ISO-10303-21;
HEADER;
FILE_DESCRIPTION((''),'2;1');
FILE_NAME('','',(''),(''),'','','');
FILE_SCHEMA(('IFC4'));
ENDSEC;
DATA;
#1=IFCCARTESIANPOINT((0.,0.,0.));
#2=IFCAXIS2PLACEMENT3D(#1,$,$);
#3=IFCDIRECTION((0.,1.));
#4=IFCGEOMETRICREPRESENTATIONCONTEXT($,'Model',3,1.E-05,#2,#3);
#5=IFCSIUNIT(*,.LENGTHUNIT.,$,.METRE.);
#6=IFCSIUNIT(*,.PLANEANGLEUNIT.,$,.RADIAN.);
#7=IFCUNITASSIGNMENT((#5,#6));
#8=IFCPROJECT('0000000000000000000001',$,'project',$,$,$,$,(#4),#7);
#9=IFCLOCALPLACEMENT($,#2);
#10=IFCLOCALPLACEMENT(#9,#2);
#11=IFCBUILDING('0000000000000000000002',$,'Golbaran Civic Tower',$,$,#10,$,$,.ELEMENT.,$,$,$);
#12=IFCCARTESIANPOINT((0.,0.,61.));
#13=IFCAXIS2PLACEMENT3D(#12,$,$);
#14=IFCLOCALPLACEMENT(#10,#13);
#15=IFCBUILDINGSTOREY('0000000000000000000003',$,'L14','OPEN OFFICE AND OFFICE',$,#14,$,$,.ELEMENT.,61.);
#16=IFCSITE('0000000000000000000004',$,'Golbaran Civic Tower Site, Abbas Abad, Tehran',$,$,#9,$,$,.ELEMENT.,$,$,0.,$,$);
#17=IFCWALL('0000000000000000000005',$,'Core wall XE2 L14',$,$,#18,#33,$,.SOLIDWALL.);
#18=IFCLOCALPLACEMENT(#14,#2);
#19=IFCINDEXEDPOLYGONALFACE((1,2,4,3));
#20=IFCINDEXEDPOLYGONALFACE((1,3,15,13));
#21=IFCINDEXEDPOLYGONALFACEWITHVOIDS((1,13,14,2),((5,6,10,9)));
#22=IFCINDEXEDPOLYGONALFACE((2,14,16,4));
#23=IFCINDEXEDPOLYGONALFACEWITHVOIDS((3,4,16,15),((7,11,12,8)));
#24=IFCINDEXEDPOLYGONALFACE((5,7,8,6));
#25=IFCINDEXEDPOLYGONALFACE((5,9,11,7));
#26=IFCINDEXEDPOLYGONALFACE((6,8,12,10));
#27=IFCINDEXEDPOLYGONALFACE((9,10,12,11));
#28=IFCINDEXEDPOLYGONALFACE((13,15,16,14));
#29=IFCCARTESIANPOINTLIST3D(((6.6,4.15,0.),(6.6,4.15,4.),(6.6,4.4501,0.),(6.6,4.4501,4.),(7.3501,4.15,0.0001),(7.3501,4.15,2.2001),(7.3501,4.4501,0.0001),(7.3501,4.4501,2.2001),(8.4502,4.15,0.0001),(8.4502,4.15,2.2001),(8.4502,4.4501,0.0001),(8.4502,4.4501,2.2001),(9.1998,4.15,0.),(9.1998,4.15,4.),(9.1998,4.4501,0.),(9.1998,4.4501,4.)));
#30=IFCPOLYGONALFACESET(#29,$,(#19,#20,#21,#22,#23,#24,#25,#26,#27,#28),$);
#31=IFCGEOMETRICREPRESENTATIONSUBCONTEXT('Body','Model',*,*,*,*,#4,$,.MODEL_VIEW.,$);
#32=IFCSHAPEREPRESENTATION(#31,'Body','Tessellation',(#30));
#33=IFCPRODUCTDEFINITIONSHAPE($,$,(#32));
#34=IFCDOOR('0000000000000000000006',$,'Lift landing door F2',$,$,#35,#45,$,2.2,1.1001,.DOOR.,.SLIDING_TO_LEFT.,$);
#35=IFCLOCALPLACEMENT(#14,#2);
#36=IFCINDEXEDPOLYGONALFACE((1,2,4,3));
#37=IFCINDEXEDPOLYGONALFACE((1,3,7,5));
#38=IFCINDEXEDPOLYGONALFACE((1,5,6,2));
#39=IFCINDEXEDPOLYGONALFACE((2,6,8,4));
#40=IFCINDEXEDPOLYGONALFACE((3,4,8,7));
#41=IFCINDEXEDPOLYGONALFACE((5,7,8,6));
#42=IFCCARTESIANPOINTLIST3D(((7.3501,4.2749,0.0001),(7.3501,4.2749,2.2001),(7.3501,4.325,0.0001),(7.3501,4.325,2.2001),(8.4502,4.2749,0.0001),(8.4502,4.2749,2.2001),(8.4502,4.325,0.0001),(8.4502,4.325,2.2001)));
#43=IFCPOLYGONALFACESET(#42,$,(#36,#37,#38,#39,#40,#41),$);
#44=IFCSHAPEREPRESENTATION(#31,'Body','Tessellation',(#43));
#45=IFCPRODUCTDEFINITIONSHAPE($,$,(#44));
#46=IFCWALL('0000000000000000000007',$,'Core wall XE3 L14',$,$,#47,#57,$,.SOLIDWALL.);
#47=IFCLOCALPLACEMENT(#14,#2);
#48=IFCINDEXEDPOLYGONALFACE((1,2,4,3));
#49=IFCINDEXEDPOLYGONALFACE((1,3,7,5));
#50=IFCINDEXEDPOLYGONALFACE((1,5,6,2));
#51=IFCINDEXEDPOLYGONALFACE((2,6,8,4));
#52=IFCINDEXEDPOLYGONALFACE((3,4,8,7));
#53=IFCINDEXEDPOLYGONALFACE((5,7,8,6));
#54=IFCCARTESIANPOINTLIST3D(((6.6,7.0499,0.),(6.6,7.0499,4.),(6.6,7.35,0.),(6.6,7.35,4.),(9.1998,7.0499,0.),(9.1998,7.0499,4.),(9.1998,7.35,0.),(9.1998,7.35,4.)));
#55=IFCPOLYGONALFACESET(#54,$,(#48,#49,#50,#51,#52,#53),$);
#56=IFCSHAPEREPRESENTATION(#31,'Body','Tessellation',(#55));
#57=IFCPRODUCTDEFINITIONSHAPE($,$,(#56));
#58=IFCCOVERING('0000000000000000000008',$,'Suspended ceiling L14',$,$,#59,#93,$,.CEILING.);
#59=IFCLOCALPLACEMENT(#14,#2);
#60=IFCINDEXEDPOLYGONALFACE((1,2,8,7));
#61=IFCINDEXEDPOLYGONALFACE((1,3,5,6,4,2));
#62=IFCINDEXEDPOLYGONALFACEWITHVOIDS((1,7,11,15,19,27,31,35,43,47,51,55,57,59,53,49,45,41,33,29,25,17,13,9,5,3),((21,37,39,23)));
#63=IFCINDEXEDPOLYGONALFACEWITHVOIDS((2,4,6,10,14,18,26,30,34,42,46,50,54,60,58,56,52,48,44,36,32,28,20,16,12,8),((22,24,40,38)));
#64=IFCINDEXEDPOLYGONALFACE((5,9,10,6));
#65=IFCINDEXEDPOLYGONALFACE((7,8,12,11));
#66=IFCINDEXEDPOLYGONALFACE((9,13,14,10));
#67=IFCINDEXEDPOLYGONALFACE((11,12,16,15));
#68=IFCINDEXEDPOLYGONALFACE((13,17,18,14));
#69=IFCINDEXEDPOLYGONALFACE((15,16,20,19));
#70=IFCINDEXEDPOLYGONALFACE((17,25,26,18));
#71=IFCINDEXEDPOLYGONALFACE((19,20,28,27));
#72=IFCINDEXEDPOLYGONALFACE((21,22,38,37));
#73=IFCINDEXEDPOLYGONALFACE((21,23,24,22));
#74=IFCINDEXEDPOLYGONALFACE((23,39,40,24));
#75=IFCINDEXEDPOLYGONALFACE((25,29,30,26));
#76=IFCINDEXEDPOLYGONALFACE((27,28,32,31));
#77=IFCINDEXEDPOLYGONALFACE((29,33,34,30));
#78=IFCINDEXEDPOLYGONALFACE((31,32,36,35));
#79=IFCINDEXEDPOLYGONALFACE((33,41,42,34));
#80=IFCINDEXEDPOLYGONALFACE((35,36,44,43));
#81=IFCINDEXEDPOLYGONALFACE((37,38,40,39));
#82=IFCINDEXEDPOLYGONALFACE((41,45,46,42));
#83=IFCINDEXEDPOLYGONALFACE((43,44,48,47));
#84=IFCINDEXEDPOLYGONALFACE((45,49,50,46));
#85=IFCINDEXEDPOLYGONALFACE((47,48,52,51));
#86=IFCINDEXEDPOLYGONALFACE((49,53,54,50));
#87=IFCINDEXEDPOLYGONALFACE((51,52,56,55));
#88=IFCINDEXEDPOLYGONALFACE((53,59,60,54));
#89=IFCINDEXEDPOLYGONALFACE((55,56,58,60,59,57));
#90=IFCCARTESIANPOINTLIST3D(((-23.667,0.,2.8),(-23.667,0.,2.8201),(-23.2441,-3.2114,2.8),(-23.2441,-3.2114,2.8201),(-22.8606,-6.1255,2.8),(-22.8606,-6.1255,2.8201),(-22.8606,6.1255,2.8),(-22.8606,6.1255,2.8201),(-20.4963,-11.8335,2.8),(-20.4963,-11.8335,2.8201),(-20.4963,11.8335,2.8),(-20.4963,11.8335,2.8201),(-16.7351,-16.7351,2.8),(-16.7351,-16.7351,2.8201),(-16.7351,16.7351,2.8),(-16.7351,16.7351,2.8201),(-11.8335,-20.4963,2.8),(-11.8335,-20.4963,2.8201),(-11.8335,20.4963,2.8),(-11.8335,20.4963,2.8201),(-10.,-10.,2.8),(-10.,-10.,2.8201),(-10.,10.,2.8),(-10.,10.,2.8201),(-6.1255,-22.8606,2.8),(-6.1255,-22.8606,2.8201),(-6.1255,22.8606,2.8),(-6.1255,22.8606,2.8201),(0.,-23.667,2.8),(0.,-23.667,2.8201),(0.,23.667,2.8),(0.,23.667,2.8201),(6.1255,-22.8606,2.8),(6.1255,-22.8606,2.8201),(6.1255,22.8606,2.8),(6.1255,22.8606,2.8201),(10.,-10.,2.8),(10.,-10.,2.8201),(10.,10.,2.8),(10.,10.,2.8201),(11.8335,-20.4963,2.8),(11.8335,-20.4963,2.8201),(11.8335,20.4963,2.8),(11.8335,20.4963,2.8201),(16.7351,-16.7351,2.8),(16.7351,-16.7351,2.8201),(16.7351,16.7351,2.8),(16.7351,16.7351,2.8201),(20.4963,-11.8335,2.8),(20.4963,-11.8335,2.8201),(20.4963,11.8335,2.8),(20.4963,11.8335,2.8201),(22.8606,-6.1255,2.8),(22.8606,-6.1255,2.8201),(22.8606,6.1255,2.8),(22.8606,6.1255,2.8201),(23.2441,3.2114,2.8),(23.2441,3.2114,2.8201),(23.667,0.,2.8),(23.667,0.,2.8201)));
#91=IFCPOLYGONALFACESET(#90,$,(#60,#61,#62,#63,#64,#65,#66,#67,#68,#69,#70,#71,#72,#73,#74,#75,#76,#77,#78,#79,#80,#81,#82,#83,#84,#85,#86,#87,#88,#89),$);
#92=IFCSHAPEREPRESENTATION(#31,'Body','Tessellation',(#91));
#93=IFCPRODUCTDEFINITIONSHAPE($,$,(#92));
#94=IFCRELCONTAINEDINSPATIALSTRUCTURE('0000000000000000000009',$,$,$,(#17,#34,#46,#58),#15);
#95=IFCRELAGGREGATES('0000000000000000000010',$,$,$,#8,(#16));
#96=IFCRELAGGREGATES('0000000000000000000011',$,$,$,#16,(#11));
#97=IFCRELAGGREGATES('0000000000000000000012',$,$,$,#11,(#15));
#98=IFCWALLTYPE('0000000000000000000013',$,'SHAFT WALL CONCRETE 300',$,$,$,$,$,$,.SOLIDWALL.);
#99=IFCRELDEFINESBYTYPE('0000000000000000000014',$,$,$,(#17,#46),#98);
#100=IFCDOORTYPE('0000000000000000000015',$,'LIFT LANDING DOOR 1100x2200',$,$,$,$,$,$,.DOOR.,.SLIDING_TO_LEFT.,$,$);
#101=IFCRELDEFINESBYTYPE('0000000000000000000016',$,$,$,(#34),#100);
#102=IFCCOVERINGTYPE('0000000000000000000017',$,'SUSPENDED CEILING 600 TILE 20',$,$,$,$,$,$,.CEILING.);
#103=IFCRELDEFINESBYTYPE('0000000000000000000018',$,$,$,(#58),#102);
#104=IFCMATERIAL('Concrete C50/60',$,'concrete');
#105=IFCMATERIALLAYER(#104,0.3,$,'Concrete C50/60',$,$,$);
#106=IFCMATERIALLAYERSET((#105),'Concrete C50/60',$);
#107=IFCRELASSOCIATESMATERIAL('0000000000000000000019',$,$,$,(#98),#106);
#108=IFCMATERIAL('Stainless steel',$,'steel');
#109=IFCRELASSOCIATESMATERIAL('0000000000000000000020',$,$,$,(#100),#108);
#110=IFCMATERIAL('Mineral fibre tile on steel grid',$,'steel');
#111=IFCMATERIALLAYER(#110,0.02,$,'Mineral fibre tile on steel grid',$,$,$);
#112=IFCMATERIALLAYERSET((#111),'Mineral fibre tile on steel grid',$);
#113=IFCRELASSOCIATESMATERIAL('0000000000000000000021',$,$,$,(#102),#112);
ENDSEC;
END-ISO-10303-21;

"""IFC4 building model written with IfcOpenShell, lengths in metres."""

from ifc_helpers import new_model, si_unit, direction, frame, frame_2d, origin, place, context, subcontext, project, spatial, polyline, rectangle, outline, extrude, material, layer, layer_set, type_object, element, fill, save


model = new_model("IFC4")

# Units and contexts
model_context = context("Model", 3, precision=1e-05, world=origin(), true_north=direction((0.0, 1.0)))
body_context = subcontext(model_context, "Body", "Model", "MODEL_VIEW")
ifc_project = project(units=[si_unit("LENGTHUNIT", "METRE"), si_unit("PLANEANGLEUNIT", "RADIAN")], contexts=[model_context])

# Site, building, storey
site_placement = place(None, origin())
site = spatial("IfcSite", under=ifc_project, at=site_placement, Name="Golbaran Civic Tower Site, Abbas Abad, Tehran", CompositionType="ELEMENT", RefElevation=0.0)
building_placement = place(site_placement, origin())
building = spatial("IfcBuilding", under=site, at=building_placement, Name="Golbaran Civic Tower", CompositionType="ELEMENT")
storey_placement = place(building_placement, frame((0.0, 0.0, 61.0)))
storey = spatial("IfcBuildingStorey", under=building, at=storey_placement, Name="L14", Description="OPEN OFFICE AND OFFICE", CompositionType="ELEMENT", Elevation=61.0)

# Shared definitions
ifc_material_1 = material(Name="Concrete C50/60", Category="concrete")

# Shared definitions
ifc_layer_1 = layer(ifc_material_1, 0.3, Name="Concrete C50/60")
ifc_layer_set_1 = layer_set([ifc_layer_1], Name="Concrete C50/60")
wall_type_1 = type_object("IfcWallType", Name="SHAFT WALL CONCRETE 300", PredefinedType="SOLIDWALL", material=ifc_layer_set_1)
ifc_material_2 = material(Name="Stainless steel", Category="steel")
door_type_1 = type_object("IfcDoorType", Name="LIFT LANDING DOOR 1100x2200", OperationType="SLIDING_TO_LEFT", PredefinedType="DOOR", material=ifc_material_2)

# Wall, opening, door
wall_1_placement = place(storey_placement, frame((6.6001, 4.3, 0.0), z_axis=(0.0, 0.0, 1.0), x_axis=(1.0, 0.0, 0.0)))
wall_1 = element("IfcWall", 1, at=wall_1_placement, inside=storey, type_object=wall_type_1, Name="Core wall XE2 L14", PredefinedType="SOLIDWALL", context=body_context, shape_type="SweptSolid", body=[
    extrude(rectangle(XDim=2.5999, YDim=0.3, at=frame_2d((1.2998, 0.0))), origin(), (0.0, 0.0, 1.0), 4.0),
])
opening_1_placement = place(wall_1_placement, frame((0.75, 0.0, 0.0)))
opening_1 = element("IfcOpeningElement", 2, at=opening_1_placement, cuts=wall_1, PredefinedType="OPENING", context=body_context, shape_type="SweptSolid", body=[
    extrude(rectangle(XDim=1.1001, YDim=2.2, at=frame_2d((0.55, 1.1001))), frame((0.0, 0.1599, 0.0), z_axis=(0.0, -1.0, 0.0), x_axis=(1.0, 0.0, 0.0)), (0.0, 0.0, 1.0), 0.3201),
])
door_1_placement = place(opening_1_placement, origin())
door_1 = element("IfcDoor", 3, at=door_1_placement, inside=storey, type_object=door_type_1, Name="Lift landing door F2", OperationType="SLIDING_TO_LEFT", OverallHeight=2.2, OverallWidth=1.1001, PredefinedType="DOOR", context=body_context, shape_type="SweptSolid", body=[
    extrude(rectangle(XDim=1.1001, YDim=2.2, at=frame_2d((0.55, 1.1001))), frame((0.0, 0.0249, 0.0), z_axis=(0.0, -1.0, 0.0), x_axis=(1.0, 0.0, 0.0)), (0.0, 0.0, 1.0), 0.05),
])
fill(opening_1, door_1)

# Wall
wall_2_placement = place(storey_placement, frame((6.6001, 7.2, 0.0), z_axis=(0.0, 0.0, 1.0), x_axis=(1.0, 0.0, 0.0)))
element("IfcWall", 4, at=wall_2_placement, inside=storey, type_object=wall_type_1, Name="Core wall XE3 L14", PredefinedType="SOLIDWALL", context=body_context, shape_type="SweptSolid", body=[
    extrude(rectangle(XDim=2.5999, YDim=0.3, at=frame_2d((1.2998, 0.0))), origin(), (0.0, 0.0, 1.0), 4.0),
])

# Covering
ifc_material_3 = material(Name="Mineral fibre tile on steel grid", Category="steel")
ifc_layer_2 = layer(ifc_material_3, 0.02, Name="Mineral fibre tile on steel grid")
ifc_layer_set_2 = layer_set([ifc_layer_2], Name="Mineral fibre tile on steel grid")
covering_type = type_object("IfcCoveringType", Name="SUSPENDED CEILING 600 TILE 20", PredefinedType="CEILING", material=ifc_layer_set_2)
covering_placement = place(storey_placement, frame((0.0, 0.0, 2.8)))
element("IfcCovering", 5, at=covering_placement, inside=storey, type_object=covering_type, Name="Suspended ceiling L14", PredefinedType="CEILING", context=body_context, shape_type="SweptSolid", body=[
    extrude(outline(polyline([(-20.4963, 11.8335), (-16.7351, 16.7351), (-11.8335, 20.4963), (-6.1255, 22.8606), (0.0, 23.667), (6.1255, 22.8606), (11.8335, 20.4963), (16.7351, 16.7351), (20.4963, 11.8335), (22.8606, 6.1255), (23.2441, 3.2114), (23.667, 0.0), (22.8606, -6.1255), (20.4963, -11.8335), (16.7351, -16.7351), (11.8335, -20.4963), (6.1255, -22.8606), (0.0, -23.667), (-6.1255, -22.8606), (-11.8335, -20.4963), (-16.7351, -16.7351), (-20.4963, -11.8335), (-22.8606, -6.1255), (-23.2441, -3.2114), (-23.667, 0.0), (-22.8606, 6.1255), (-20.4963, 11.8335)]), holes=[polyline([(10.0, 10.0), (-10.0, 10.0), (-10.0, -10.0), (10.0, -10.0), (10.0, 10.0)])]), origin(), (0.0, 0.0, 1.0), 0.02),
])

save(model, "model.ifc")
